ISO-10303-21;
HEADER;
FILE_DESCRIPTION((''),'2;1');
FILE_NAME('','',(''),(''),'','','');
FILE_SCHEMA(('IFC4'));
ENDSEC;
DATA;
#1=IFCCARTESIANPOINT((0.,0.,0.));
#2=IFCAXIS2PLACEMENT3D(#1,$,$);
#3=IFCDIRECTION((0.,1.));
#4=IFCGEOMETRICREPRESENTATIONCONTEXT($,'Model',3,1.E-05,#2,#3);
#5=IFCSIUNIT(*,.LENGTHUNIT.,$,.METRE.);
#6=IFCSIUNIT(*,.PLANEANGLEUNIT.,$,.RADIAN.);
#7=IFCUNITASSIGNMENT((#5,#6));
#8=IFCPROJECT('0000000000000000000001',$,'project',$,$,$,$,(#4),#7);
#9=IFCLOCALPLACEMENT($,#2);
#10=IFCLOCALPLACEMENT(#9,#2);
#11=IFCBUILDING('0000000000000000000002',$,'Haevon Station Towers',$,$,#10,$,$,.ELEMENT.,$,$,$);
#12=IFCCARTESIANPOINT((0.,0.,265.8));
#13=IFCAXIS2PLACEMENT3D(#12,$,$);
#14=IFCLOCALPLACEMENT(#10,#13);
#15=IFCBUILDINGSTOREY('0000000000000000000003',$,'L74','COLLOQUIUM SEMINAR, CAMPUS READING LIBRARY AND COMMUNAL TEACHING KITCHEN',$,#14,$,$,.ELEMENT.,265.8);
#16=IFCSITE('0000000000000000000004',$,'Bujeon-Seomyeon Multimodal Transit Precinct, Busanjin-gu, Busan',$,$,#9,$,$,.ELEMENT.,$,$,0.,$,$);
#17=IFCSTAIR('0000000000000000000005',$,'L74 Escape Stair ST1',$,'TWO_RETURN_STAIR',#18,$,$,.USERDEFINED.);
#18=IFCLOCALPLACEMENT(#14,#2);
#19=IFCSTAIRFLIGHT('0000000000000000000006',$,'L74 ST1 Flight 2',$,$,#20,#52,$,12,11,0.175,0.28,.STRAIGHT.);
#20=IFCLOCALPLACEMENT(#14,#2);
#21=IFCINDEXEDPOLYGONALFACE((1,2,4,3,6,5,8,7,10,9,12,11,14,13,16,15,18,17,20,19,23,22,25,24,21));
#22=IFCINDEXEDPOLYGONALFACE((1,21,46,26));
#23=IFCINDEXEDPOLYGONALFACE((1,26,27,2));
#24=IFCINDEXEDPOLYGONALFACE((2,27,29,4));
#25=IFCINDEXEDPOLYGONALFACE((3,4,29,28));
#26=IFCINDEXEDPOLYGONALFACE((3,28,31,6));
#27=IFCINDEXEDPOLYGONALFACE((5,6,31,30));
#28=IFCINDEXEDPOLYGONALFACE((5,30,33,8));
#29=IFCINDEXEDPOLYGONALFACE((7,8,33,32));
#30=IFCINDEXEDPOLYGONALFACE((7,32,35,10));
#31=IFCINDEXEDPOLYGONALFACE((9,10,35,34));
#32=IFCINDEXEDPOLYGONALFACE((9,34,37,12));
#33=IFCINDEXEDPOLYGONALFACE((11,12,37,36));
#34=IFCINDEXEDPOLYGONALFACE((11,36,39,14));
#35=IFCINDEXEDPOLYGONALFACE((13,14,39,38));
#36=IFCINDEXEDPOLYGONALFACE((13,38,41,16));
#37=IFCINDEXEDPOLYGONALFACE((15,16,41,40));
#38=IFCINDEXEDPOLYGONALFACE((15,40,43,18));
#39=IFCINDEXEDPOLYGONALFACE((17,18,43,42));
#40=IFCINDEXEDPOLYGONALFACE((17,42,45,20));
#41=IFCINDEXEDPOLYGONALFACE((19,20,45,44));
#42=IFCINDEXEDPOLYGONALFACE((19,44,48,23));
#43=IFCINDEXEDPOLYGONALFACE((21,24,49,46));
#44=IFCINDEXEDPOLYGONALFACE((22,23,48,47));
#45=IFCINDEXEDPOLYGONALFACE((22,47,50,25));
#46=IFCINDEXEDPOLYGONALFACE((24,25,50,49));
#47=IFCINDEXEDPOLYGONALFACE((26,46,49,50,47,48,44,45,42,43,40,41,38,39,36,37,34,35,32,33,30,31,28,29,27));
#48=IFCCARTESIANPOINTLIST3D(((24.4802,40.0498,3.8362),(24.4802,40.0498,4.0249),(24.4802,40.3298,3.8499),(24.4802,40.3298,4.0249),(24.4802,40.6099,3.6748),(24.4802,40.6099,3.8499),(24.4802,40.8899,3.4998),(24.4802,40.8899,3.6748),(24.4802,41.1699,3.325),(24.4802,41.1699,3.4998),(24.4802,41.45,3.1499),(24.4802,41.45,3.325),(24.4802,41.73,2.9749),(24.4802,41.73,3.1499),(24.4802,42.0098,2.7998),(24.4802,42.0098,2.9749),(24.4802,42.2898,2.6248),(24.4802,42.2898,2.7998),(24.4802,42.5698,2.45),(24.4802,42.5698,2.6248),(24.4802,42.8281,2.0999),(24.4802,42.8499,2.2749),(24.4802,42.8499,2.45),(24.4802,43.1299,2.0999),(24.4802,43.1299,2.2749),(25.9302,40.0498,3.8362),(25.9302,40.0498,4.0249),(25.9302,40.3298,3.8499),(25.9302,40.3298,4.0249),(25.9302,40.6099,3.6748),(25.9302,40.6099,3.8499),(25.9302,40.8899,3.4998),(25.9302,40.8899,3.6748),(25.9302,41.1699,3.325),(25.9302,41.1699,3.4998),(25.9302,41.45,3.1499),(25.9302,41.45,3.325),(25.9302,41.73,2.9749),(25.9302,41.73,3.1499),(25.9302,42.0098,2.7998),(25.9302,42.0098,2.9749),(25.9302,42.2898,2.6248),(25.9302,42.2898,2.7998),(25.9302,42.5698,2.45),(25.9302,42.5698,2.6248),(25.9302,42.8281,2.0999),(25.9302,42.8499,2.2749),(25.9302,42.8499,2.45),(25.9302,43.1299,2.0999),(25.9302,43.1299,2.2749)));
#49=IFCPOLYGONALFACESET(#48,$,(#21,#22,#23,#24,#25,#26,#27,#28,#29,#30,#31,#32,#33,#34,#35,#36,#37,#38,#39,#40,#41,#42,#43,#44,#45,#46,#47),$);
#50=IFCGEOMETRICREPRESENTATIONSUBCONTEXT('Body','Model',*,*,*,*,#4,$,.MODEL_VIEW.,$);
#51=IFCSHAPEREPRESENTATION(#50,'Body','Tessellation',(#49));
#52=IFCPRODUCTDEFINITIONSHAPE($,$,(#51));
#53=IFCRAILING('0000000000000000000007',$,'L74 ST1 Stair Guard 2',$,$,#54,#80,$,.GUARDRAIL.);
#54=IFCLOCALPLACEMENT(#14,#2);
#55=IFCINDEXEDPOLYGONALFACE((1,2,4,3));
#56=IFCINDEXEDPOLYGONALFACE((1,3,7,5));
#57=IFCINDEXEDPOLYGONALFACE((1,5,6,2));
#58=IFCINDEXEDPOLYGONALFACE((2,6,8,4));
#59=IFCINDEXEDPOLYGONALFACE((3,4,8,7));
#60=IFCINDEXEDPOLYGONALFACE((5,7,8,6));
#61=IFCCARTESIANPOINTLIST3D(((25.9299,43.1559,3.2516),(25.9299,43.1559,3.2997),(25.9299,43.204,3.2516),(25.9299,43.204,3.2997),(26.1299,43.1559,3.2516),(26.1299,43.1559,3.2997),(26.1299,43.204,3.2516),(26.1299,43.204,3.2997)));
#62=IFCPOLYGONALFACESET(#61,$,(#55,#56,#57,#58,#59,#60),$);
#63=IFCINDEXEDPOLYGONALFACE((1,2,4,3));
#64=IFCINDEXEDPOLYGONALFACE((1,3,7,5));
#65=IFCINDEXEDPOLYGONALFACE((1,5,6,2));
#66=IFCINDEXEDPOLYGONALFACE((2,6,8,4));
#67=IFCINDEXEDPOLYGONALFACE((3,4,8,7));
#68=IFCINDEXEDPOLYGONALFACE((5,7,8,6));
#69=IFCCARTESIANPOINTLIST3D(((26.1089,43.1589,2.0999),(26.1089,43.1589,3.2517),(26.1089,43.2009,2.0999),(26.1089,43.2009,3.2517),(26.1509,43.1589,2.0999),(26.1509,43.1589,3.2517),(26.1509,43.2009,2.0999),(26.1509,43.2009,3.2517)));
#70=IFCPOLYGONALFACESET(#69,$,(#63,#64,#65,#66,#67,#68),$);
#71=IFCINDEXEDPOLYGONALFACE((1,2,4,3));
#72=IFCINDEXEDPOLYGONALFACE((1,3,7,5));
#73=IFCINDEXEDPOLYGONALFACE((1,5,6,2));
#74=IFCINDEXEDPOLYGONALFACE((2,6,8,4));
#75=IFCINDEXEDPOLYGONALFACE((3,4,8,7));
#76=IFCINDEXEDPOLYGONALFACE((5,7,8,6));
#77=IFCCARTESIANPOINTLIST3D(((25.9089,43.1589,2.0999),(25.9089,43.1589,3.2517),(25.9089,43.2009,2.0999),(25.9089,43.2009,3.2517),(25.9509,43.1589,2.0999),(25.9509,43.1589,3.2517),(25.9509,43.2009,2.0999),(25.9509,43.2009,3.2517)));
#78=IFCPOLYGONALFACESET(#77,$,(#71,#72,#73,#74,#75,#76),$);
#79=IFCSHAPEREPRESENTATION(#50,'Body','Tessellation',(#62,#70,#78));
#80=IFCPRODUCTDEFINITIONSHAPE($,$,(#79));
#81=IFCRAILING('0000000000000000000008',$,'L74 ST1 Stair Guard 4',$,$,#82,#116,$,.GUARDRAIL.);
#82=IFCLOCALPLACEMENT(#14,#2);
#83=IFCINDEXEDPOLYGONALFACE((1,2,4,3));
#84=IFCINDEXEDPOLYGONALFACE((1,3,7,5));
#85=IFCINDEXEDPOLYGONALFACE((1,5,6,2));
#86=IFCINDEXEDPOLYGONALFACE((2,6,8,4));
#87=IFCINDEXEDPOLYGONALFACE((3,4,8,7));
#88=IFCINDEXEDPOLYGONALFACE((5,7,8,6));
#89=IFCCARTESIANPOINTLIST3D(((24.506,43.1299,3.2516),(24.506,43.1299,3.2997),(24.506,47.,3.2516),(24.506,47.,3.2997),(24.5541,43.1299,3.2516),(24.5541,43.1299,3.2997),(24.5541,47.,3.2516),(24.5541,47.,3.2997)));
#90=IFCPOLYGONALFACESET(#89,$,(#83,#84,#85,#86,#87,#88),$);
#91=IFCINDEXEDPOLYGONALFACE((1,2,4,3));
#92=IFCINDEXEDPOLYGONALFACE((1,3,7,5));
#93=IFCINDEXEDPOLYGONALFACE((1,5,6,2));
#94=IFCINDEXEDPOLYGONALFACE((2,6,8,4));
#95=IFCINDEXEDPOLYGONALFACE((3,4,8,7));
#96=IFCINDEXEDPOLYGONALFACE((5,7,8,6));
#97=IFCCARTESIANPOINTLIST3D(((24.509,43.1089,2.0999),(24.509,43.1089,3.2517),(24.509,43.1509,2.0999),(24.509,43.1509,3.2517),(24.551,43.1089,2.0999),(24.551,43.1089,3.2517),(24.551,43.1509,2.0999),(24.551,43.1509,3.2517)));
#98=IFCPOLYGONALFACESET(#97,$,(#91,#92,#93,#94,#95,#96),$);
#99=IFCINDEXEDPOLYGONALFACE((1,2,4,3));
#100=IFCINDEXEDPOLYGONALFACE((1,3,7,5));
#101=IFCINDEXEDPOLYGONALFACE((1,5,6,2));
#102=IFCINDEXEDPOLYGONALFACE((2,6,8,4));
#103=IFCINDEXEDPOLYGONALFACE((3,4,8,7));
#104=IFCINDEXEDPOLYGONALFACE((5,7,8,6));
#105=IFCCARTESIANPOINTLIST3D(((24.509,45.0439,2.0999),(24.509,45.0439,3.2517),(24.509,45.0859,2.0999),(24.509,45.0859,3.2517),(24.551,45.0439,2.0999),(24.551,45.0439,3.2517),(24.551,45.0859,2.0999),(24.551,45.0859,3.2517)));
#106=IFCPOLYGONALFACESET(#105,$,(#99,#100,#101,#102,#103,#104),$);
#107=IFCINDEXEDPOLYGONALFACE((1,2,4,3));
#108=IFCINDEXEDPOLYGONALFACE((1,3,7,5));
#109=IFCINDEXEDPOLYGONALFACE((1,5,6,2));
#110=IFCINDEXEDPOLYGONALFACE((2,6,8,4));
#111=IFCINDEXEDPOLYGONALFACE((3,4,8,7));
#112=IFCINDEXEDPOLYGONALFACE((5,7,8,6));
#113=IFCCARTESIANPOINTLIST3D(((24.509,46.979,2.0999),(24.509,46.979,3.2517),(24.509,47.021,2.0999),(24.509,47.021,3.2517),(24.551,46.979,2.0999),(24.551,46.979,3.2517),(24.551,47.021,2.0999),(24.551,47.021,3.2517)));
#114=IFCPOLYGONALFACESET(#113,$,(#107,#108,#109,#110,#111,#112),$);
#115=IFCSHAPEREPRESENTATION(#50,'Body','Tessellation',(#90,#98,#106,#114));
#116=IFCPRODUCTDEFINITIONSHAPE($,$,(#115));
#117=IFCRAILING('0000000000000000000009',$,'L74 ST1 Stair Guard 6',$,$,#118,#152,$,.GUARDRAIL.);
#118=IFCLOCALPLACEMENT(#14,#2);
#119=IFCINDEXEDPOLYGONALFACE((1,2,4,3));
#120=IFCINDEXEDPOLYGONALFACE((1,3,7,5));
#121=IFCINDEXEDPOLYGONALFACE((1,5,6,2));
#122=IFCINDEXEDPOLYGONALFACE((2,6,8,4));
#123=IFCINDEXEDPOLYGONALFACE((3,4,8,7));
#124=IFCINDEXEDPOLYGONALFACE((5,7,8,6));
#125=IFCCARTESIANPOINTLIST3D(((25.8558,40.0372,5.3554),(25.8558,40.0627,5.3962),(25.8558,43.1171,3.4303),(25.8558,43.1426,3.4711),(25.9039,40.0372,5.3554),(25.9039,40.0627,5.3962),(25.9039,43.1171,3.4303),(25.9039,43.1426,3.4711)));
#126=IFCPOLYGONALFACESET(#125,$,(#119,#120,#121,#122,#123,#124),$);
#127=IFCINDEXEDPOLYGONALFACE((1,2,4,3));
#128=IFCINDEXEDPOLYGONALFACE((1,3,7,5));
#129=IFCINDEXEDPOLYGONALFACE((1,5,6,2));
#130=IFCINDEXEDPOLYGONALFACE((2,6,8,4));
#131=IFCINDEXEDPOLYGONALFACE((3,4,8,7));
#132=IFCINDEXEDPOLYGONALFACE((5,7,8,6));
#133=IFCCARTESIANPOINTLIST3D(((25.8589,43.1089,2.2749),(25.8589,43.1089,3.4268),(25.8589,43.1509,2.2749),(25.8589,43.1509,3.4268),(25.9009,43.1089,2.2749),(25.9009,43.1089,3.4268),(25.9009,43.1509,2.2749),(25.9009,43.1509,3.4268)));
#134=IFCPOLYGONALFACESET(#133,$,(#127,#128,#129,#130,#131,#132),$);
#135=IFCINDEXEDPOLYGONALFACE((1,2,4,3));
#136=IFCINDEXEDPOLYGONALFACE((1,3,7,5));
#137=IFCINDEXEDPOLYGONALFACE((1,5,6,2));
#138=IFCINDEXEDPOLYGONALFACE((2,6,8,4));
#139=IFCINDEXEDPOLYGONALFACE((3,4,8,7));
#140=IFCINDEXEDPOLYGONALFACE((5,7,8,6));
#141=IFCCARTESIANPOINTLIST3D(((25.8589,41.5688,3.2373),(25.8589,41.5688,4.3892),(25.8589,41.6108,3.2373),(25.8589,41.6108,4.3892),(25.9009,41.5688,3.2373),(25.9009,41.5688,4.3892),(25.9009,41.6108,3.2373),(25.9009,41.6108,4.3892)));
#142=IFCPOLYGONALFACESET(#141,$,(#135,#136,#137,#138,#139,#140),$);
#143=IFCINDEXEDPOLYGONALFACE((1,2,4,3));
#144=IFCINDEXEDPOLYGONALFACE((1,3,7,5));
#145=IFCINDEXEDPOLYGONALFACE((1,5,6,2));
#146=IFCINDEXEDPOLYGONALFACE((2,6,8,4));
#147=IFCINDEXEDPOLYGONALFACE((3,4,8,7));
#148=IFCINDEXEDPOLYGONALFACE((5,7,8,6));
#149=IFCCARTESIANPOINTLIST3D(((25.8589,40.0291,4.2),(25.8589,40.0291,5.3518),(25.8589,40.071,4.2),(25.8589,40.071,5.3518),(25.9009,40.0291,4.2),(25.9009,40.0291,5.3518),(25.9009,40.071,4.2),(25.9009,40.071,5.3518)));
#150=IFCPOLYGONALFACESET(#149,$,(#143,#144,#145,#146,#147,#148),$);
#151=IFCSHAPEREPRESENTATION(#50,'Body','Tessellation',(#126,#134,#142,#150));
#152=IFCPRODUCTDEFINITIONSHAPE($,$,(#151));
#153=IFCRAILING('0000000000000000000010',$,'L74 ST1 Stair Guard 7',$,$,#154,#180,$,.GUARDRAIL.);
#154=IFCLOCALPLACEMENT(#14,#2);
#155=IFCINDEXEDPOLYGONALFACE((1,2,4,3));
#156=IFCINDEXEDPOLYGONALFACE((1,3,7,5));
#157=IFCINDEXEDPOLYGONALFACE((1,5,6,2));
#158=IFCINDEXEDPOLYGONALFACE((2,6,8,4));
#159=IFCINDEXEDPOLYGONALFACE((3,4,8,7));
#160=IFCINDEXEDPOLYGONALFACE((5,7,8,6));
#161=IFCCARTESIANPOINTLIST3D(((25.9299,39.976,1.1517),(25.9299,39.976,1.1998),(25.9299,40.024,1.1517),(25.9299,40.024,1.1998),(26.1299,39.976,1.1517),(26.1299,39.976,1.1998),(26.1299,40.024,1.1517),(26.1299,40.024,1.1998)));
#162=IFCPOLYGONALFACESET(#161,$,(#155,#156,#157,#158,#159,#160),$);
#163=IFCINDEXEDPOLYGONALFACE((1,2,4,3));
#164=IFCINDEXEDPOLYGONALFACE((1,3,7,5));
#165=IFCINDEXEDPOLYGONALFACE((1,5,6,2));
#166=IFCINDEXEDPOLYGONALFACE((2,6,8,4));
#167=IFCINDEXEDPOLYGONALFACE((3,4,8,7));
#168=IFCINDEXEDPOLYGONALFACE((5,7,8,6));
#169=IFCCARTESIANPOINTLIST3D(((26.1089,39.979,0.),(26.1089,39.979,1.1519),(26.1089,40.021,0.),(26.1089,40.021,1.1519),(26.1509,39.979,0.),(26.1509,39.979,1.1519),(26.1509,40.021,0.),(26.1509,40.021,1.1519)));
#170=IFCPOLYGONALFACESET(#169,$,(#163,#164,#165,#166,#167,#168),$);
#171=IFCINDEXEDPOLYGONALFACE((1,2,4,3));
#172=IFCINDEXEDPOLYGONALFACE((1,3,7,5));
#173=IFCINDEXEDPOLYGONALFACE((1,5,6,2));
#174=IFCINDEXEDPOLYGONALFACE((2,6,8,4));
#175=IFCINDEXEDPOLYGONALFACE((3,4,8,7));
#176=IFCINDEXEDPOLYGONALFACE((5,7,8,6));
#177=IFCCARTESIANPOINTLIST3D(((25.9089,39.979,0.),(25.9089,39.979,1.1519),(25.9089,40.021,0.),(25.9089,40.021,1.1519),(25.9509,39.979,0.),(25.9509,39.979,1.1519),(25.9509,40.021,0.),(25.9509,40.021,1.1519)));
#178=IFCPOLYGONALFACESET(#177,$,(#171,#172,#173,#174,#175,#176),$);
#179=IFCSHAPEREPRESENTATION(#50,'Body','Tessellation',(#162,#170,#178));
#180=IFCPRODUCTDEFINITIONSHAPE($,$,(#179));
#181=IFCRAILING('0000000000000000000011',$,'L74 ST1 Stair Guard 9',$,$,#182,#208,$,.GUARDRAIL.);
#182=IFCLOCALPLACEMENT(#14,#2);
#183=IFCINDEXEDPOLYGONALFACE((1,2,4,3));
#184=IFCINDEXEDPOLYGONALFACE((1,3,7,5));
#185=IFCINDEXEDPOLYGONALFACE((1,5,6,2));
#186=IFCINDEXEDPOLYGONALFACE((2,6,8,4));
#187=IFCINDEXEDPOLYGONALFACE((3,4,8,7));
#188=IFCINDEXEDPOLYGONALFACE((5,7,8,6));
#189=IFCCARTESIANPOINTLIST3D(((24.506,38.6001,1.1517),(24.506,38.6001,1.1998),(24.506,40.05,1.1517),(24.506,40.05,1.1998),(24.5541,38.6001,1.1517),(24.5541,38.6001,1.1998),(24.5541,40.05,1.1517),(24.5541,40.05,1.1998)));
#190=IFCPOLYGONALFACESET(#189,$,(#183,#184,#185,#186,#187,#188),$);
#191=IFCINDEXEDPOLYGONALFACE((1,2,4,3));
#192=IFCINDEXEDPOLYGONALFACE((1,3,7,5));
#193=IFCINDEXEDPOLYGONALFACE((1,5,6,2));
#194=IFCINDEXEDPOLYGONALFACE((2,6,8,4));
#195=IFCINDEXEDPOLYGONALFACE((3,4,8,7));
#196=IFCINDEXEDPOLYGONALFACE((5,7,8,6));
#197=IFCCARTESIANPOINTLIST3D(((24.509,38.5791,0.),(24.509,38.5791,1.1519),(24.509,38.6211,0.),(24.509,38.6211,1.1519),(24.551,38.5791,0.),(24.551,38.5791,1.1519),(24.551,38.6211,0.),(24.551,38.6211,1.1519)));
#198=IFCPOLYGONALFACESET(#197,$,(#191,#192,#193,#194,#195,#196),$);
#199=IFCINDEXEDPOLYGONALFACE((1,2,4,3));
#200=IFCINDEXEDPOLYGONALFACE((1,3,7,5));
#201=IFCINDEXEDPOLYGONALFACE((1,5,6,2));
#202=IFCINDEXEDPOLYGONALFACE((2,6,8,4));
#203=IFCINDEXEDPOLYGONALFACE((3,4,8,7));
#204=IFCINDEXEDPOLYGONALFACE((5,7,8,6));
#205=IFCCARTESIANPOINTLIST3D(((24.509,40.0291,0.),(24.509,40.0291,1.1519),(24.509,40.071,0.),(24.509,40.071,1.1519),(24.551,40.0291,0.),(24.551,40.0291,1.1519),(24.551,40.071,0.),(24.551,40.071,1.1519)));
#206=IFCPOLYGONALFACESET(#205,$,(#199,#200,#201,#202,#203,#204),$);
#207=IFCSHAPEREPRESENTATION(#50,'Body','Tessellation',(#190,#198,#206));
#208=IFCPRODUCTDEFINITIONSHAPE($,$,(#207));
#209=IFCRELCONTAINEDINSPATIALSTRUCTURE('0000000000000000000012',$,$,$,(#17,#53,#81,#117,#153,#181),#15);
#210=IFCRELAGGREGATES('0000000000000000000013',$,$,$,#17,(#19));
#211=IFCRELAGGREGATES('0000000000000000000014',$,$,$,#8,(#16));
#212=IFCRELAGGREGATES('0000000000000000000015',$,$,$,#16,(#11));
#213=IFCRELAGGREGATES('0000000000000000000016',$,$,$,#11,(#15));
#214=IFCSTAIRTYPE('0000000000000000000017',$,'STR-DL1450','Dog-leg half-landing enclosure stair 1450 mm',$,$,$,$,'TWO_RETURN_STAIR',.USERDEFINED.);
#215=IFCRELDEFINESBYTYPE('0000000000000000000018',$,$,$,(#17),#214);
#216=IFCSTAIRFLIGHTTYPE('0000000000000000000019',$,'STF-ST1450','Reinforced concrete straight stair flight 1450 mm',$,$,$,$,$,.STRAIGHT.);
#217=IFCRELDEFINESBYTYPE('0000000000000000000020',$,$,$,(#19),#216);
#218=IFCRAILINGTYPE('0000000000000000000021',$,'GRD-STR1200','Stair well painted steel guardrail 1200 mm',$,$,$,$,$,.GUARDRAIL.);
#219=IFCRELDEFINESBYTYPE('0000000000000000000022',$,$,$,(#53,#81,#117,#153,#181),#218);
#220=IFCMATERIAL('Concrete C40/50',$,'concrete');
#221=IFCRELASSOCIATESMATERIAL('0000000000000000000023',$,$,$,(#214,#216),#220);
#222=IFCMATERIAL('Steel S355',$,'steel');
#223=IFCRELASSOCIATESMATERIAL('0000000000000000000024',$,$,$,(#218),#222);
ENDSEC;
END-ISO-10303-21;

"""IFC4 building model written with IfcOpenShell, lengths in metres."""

from ifc_helpers import new_model, si_unit, direction, frame, origin, origin_2d, place, context, subcontext, project, spatial, polyline, rectangle, outline, extrude, material, type_object, element, aggregate, save


model = new_model("IFC4")

# Units and contexts
model_context = context("Model", 3, precision=1e-05, world=origin(), true_north=direction((0.0, 1.0)))
body_context = subcontext(model_context, "Body", "Model", "MODEL_VIEW")
ifc_project = project(units=[si_unit("LENGTHUNIT", "METRE"), si_unit("PLANEANGLEUNIT", "RADIAN")], contexts=[model_context])

# Site, building, storey
site_placement = place(None, origin())
site = spatial("IfcSite", under=ifc_project, at=site_placement, Name="Bujeon-Seomyeon Multimodal Transit Precinct, Busanjin-gu, Busan", CompositionType="ELEMENT", RefElevation=0.0)
building_placement = place(site_placement, origin())
building = spatial("IfcBuilding", under=site, at=building_placement, Name="Haevon Station Towers", CompositionType="ELEMENT")
storey_placement = place(building_placement, frame((0.0, 0.0, 265.8)))
storey = spatial("IfcBuildingStorey", under=building, at=storey_placement, Name="L74", Description="COLLOQUIUM SEMINAR, CAMPUS READING LIBRARY AND COMMUNAL TEACHING KITCHEN", CompositionType="ELEMENT", Elevation=265.8)

# Shared definitions
ifc_material_1 = material(Name="Steel S355", Category="steel")

# Stair, stair flight
ifc_material_2 = material(Name="Concrete C40/50", Category="concrete")
stair_type = type_object("IfcStairType", Name="STR-DL1450", Description="Dog-leg half-landing enclosure stair 1450 mm", ElementType="TWO_RETURN_STAIR", PredefinedType="USERDEFINED", material=ifc_material_2)
stair_placement = place(storey_placement, origin())
stair = element("IfcStair", 1, at=stair_placement, inside=storey, type_object=stair_type, Name="L74 Escape Stair ST1", ObjectType="TWO_RETURN_STAIR", PredefinedType="USERDEFINED")
stair_flight_type = type_object("IfcStairFlightType", Name="STF-ST1450", Description="Reinforced concrete straight stair flight 1450 mm", PredefinedType="STRAIGHT", material=ifc_material_2)
stair_flight_placement = place(storey_placement, frame((25.2051, 43.1299, 2.0999), z_axis=(0.0, 0.0, 1.0), x_axis=(0.0, -1.0, 0.0)))
stair_flight = element("IfcStairFlight", 2, at=stair_flight_placement, type_object=stair_flight_type, Name="L74 ST1 Flight 2", NumberOfRisers=12, NumberOfTreads=11, PredefinedType="STRAIGHT", RiserHeight=0.175, TreadLength=0.28, context=body_context, shape_type="SweptSolid", body=[
    extrude(outline(polyline([(0.0, 0.0), (0.0, 0.175), (0.28, 0.175), (0.28, 0.3501), (0.5601, 0.3501), (0.5601, 0.5249), (0.8401, 0.5249), (0.8401, 0.7), (1.1201, 0.7), (1.1201, 0.875), (1.3999, 0.875), (1.3999, 1.05), (1.6799, 1.05), (1.6799, 1.2251), (1.96, 1.2251), (1.96, 1.3999), (2.24, 1.3999), (2.24, 1.575), (2.52, 1.575), (2.52, 1.75), (2.8, 1.75), (2.8, 1.925), (3.0801, 1.925), (3.0801, 2.1001), (3.0801, 1.7363), (0.3018, 0.0), (0.0, 0.0)])), frame((0.0, 0.7251, 0.0), z_axis=(0.0, -1.0, 0.0), x_axis=(1.0, 0.0, 0.0)), (0.0, 0.0, 1.0), 1.45),
])
aggregate(stair, [stair_flight])

# Railings
railing_type_1 = type_object("IfcRailingType", Name="GRD-STR1200", Description="Stair well painted steel guardrail 1200 mm", PredefinedType="GUARDRAIL", material=ifc_material_1)
railing_1_placement = place(storey_placement, frame((26.1299, 43.1799, 2.0999)))
element("IfcRailing", 3, at=railing_1_placement, inside=storey, type_object=railing_type_1, Name="L74 ST1 Stair Guard 2", PredefinedType="GUARDRAIL", context=body_context, shape_type="SweptSolid", body=[
    extrude(rectangle(XDim=0.0481, YDim=0.0481, at=origin_2d()), frame((0.0, 0.0, 1.1758), z_axis=(-1.0, 0.0, 0.0), x_axis=(0.0, -1.0, 0.0)), (0.0, 0.0, 1.0), 0.2),
    extrude(rectangle(XDim=0.042, YDim=0.042, at=origin_2d()), origin(), (0.0, 0.0, 1.0), 1.1519),
    extrude(rectangle(XDim=0.042, YDim=0.042, at=origin_2d()), frame((-0.2, 0.0, 0.0)), (0.0, 0.0, 1.0), 1.1519),
])
railing_2_placement = place(storey_placement, frame((24.53, 43.1299, 2.0999)))
element("IfcRailing", 4, at=railing_2_placement, inside=storey, type_object=railing_type_1, Name="L74 ST1 Stair Guard 4", PredefinedType="GUARDRAIL", context=body_context, shape_type="SweptSolid", body=[
    extrude(rectangle(XDim=0.0481, YDim=0.0481, at=origin_2d()), frame((0.0, 0.0, 1.1758), z_axis=(0.0, 1.0, 0.0), x_axis=(-1.0, 0.0, 0.0)), (0.0, 0.0, 1.0), 3.8701),
    extrude(rectangle(XDim=0.042, YDim=0.042, at=origin_2d()), origin(), (0.0, 0.0, 1.0), 1.1519),
    extrude(rectangle(XDim=0.042, YDim=0.042, at=origin_2d()), frame((0.0, 1.9351, 0.0)), (0.0, 0.0, 1.0), 1.1519),
    extrude(rectangle(XDim=0.042, YDim=0.042, at=origin_2d()), frame((0.0, 3.8701, 0.0)), (0.0, 0.0, 1.0), 1.1519),
])
railing_3_placement = place(storey_placement, frame((25.8799, 43.1299, 2.2749)))
element("IfcRailing", 5, at=railing_3_placement, inside=storey, type_object=railing_type_1, Name="L74 ST1 Stair Guard 6", PredefinedType="GUARDRAIL", context=body_context, shape_type="SweptSolid", body=[
    extrude(rectangle(XDim=0.0481, YDim=0.0481, at=origin_2d()), frame((0.0, 0.0, 1.1758), z_axis=(0.0, -0.847979, 0.530029), x_axis=(1.0, 0.0, 0.0)), (0.0, 0.0, 1.0), 3.6321),
    extrude(rectangle(XDim=0.042, YDim=0.042, at=origin_2d()), origin(), (0.0, 0.0, 1.0), 1.1519),
    extrude(rectangle(XDim=0.042, YDim=0.042, at=origin_2d()), frame((0.0, -1.54, 0.9624)), (0.0, 0.0, 1.0), 1.1519),
    extrude(rectangle(XDim=0.042, YDim=0.042, at=origin_2d()), frame((0.0, -3.0798, 1.925)), (0.0, 0.0, 1.0), 1.1519),
])
railing_4_placement = place(storey_placement, frame((26.1299, 40.0, 0.0)))
element("IfcRailing", 6, at=railing_4_placement, inside=storey, type_object=railing_type_1, Name="L74 ST1 Stair Guard 7", PredefinedType="GUARDRAIL", context=body_context, shape_type="SweptSolid", body=[
    extrude(rectangle(XDim=0.0481, YDim=0.0481, at=origin_2d()), frame((0.0, 0.0, 1.1758), z_axis=(-1.0, 0.0, 0.0), x_axis=(0.0, -1.0, 0.0)), (0.0, 0.0, 1.0), 0.2),
    extrude(rectangle(XDim=0.042, YDim=0.042, at=origin_2d()), origin(), (0.0, 0.0, 1.0), 1.1519),
    extrude(rectangle(XDim=0.042, YDim=0.042, at=origin_2d()), frame((-0.2, 0.0, 0.0)), (0.0, 0.0, 1.0), 1.1519),
])
railing_5_placement = place(storey_placement, frame((24.53, 38.6001, 0.0)))
element("IfcRailing", 7, at=railing_5_placement, inside=storey, type_object=railing_type_1, Name="L74 ST1 Stair Guard 9", PredefinedType="GUARDRAIL", context=body_context, shape_type="SweptSolid", body=[
    extrude(rectangle(XDim=0.0481, YDim=0.0481, at=origin_2d()), frame((0.0, 0.0, 1.1758), z_axis=(0.0, 1.0, 0.0), x_axis=(-1.0, 0.0, 0.0)), (0.0, 0.0, 1.0), 1.45),
    extrude(rectangle(XDim=0.042, YDim=0.042, at=origin_2d()), origin(), (0.0, 0.0, 1.0), 1.1519),
    extrude(rectangle(XDim=0.042, YDim=0.042, at=origin_2d()), frame((0.0, 1.45, 0.0)), (0.0, 0.0, 1.0), 1.1519),
])

save(model, "model.ifc")
